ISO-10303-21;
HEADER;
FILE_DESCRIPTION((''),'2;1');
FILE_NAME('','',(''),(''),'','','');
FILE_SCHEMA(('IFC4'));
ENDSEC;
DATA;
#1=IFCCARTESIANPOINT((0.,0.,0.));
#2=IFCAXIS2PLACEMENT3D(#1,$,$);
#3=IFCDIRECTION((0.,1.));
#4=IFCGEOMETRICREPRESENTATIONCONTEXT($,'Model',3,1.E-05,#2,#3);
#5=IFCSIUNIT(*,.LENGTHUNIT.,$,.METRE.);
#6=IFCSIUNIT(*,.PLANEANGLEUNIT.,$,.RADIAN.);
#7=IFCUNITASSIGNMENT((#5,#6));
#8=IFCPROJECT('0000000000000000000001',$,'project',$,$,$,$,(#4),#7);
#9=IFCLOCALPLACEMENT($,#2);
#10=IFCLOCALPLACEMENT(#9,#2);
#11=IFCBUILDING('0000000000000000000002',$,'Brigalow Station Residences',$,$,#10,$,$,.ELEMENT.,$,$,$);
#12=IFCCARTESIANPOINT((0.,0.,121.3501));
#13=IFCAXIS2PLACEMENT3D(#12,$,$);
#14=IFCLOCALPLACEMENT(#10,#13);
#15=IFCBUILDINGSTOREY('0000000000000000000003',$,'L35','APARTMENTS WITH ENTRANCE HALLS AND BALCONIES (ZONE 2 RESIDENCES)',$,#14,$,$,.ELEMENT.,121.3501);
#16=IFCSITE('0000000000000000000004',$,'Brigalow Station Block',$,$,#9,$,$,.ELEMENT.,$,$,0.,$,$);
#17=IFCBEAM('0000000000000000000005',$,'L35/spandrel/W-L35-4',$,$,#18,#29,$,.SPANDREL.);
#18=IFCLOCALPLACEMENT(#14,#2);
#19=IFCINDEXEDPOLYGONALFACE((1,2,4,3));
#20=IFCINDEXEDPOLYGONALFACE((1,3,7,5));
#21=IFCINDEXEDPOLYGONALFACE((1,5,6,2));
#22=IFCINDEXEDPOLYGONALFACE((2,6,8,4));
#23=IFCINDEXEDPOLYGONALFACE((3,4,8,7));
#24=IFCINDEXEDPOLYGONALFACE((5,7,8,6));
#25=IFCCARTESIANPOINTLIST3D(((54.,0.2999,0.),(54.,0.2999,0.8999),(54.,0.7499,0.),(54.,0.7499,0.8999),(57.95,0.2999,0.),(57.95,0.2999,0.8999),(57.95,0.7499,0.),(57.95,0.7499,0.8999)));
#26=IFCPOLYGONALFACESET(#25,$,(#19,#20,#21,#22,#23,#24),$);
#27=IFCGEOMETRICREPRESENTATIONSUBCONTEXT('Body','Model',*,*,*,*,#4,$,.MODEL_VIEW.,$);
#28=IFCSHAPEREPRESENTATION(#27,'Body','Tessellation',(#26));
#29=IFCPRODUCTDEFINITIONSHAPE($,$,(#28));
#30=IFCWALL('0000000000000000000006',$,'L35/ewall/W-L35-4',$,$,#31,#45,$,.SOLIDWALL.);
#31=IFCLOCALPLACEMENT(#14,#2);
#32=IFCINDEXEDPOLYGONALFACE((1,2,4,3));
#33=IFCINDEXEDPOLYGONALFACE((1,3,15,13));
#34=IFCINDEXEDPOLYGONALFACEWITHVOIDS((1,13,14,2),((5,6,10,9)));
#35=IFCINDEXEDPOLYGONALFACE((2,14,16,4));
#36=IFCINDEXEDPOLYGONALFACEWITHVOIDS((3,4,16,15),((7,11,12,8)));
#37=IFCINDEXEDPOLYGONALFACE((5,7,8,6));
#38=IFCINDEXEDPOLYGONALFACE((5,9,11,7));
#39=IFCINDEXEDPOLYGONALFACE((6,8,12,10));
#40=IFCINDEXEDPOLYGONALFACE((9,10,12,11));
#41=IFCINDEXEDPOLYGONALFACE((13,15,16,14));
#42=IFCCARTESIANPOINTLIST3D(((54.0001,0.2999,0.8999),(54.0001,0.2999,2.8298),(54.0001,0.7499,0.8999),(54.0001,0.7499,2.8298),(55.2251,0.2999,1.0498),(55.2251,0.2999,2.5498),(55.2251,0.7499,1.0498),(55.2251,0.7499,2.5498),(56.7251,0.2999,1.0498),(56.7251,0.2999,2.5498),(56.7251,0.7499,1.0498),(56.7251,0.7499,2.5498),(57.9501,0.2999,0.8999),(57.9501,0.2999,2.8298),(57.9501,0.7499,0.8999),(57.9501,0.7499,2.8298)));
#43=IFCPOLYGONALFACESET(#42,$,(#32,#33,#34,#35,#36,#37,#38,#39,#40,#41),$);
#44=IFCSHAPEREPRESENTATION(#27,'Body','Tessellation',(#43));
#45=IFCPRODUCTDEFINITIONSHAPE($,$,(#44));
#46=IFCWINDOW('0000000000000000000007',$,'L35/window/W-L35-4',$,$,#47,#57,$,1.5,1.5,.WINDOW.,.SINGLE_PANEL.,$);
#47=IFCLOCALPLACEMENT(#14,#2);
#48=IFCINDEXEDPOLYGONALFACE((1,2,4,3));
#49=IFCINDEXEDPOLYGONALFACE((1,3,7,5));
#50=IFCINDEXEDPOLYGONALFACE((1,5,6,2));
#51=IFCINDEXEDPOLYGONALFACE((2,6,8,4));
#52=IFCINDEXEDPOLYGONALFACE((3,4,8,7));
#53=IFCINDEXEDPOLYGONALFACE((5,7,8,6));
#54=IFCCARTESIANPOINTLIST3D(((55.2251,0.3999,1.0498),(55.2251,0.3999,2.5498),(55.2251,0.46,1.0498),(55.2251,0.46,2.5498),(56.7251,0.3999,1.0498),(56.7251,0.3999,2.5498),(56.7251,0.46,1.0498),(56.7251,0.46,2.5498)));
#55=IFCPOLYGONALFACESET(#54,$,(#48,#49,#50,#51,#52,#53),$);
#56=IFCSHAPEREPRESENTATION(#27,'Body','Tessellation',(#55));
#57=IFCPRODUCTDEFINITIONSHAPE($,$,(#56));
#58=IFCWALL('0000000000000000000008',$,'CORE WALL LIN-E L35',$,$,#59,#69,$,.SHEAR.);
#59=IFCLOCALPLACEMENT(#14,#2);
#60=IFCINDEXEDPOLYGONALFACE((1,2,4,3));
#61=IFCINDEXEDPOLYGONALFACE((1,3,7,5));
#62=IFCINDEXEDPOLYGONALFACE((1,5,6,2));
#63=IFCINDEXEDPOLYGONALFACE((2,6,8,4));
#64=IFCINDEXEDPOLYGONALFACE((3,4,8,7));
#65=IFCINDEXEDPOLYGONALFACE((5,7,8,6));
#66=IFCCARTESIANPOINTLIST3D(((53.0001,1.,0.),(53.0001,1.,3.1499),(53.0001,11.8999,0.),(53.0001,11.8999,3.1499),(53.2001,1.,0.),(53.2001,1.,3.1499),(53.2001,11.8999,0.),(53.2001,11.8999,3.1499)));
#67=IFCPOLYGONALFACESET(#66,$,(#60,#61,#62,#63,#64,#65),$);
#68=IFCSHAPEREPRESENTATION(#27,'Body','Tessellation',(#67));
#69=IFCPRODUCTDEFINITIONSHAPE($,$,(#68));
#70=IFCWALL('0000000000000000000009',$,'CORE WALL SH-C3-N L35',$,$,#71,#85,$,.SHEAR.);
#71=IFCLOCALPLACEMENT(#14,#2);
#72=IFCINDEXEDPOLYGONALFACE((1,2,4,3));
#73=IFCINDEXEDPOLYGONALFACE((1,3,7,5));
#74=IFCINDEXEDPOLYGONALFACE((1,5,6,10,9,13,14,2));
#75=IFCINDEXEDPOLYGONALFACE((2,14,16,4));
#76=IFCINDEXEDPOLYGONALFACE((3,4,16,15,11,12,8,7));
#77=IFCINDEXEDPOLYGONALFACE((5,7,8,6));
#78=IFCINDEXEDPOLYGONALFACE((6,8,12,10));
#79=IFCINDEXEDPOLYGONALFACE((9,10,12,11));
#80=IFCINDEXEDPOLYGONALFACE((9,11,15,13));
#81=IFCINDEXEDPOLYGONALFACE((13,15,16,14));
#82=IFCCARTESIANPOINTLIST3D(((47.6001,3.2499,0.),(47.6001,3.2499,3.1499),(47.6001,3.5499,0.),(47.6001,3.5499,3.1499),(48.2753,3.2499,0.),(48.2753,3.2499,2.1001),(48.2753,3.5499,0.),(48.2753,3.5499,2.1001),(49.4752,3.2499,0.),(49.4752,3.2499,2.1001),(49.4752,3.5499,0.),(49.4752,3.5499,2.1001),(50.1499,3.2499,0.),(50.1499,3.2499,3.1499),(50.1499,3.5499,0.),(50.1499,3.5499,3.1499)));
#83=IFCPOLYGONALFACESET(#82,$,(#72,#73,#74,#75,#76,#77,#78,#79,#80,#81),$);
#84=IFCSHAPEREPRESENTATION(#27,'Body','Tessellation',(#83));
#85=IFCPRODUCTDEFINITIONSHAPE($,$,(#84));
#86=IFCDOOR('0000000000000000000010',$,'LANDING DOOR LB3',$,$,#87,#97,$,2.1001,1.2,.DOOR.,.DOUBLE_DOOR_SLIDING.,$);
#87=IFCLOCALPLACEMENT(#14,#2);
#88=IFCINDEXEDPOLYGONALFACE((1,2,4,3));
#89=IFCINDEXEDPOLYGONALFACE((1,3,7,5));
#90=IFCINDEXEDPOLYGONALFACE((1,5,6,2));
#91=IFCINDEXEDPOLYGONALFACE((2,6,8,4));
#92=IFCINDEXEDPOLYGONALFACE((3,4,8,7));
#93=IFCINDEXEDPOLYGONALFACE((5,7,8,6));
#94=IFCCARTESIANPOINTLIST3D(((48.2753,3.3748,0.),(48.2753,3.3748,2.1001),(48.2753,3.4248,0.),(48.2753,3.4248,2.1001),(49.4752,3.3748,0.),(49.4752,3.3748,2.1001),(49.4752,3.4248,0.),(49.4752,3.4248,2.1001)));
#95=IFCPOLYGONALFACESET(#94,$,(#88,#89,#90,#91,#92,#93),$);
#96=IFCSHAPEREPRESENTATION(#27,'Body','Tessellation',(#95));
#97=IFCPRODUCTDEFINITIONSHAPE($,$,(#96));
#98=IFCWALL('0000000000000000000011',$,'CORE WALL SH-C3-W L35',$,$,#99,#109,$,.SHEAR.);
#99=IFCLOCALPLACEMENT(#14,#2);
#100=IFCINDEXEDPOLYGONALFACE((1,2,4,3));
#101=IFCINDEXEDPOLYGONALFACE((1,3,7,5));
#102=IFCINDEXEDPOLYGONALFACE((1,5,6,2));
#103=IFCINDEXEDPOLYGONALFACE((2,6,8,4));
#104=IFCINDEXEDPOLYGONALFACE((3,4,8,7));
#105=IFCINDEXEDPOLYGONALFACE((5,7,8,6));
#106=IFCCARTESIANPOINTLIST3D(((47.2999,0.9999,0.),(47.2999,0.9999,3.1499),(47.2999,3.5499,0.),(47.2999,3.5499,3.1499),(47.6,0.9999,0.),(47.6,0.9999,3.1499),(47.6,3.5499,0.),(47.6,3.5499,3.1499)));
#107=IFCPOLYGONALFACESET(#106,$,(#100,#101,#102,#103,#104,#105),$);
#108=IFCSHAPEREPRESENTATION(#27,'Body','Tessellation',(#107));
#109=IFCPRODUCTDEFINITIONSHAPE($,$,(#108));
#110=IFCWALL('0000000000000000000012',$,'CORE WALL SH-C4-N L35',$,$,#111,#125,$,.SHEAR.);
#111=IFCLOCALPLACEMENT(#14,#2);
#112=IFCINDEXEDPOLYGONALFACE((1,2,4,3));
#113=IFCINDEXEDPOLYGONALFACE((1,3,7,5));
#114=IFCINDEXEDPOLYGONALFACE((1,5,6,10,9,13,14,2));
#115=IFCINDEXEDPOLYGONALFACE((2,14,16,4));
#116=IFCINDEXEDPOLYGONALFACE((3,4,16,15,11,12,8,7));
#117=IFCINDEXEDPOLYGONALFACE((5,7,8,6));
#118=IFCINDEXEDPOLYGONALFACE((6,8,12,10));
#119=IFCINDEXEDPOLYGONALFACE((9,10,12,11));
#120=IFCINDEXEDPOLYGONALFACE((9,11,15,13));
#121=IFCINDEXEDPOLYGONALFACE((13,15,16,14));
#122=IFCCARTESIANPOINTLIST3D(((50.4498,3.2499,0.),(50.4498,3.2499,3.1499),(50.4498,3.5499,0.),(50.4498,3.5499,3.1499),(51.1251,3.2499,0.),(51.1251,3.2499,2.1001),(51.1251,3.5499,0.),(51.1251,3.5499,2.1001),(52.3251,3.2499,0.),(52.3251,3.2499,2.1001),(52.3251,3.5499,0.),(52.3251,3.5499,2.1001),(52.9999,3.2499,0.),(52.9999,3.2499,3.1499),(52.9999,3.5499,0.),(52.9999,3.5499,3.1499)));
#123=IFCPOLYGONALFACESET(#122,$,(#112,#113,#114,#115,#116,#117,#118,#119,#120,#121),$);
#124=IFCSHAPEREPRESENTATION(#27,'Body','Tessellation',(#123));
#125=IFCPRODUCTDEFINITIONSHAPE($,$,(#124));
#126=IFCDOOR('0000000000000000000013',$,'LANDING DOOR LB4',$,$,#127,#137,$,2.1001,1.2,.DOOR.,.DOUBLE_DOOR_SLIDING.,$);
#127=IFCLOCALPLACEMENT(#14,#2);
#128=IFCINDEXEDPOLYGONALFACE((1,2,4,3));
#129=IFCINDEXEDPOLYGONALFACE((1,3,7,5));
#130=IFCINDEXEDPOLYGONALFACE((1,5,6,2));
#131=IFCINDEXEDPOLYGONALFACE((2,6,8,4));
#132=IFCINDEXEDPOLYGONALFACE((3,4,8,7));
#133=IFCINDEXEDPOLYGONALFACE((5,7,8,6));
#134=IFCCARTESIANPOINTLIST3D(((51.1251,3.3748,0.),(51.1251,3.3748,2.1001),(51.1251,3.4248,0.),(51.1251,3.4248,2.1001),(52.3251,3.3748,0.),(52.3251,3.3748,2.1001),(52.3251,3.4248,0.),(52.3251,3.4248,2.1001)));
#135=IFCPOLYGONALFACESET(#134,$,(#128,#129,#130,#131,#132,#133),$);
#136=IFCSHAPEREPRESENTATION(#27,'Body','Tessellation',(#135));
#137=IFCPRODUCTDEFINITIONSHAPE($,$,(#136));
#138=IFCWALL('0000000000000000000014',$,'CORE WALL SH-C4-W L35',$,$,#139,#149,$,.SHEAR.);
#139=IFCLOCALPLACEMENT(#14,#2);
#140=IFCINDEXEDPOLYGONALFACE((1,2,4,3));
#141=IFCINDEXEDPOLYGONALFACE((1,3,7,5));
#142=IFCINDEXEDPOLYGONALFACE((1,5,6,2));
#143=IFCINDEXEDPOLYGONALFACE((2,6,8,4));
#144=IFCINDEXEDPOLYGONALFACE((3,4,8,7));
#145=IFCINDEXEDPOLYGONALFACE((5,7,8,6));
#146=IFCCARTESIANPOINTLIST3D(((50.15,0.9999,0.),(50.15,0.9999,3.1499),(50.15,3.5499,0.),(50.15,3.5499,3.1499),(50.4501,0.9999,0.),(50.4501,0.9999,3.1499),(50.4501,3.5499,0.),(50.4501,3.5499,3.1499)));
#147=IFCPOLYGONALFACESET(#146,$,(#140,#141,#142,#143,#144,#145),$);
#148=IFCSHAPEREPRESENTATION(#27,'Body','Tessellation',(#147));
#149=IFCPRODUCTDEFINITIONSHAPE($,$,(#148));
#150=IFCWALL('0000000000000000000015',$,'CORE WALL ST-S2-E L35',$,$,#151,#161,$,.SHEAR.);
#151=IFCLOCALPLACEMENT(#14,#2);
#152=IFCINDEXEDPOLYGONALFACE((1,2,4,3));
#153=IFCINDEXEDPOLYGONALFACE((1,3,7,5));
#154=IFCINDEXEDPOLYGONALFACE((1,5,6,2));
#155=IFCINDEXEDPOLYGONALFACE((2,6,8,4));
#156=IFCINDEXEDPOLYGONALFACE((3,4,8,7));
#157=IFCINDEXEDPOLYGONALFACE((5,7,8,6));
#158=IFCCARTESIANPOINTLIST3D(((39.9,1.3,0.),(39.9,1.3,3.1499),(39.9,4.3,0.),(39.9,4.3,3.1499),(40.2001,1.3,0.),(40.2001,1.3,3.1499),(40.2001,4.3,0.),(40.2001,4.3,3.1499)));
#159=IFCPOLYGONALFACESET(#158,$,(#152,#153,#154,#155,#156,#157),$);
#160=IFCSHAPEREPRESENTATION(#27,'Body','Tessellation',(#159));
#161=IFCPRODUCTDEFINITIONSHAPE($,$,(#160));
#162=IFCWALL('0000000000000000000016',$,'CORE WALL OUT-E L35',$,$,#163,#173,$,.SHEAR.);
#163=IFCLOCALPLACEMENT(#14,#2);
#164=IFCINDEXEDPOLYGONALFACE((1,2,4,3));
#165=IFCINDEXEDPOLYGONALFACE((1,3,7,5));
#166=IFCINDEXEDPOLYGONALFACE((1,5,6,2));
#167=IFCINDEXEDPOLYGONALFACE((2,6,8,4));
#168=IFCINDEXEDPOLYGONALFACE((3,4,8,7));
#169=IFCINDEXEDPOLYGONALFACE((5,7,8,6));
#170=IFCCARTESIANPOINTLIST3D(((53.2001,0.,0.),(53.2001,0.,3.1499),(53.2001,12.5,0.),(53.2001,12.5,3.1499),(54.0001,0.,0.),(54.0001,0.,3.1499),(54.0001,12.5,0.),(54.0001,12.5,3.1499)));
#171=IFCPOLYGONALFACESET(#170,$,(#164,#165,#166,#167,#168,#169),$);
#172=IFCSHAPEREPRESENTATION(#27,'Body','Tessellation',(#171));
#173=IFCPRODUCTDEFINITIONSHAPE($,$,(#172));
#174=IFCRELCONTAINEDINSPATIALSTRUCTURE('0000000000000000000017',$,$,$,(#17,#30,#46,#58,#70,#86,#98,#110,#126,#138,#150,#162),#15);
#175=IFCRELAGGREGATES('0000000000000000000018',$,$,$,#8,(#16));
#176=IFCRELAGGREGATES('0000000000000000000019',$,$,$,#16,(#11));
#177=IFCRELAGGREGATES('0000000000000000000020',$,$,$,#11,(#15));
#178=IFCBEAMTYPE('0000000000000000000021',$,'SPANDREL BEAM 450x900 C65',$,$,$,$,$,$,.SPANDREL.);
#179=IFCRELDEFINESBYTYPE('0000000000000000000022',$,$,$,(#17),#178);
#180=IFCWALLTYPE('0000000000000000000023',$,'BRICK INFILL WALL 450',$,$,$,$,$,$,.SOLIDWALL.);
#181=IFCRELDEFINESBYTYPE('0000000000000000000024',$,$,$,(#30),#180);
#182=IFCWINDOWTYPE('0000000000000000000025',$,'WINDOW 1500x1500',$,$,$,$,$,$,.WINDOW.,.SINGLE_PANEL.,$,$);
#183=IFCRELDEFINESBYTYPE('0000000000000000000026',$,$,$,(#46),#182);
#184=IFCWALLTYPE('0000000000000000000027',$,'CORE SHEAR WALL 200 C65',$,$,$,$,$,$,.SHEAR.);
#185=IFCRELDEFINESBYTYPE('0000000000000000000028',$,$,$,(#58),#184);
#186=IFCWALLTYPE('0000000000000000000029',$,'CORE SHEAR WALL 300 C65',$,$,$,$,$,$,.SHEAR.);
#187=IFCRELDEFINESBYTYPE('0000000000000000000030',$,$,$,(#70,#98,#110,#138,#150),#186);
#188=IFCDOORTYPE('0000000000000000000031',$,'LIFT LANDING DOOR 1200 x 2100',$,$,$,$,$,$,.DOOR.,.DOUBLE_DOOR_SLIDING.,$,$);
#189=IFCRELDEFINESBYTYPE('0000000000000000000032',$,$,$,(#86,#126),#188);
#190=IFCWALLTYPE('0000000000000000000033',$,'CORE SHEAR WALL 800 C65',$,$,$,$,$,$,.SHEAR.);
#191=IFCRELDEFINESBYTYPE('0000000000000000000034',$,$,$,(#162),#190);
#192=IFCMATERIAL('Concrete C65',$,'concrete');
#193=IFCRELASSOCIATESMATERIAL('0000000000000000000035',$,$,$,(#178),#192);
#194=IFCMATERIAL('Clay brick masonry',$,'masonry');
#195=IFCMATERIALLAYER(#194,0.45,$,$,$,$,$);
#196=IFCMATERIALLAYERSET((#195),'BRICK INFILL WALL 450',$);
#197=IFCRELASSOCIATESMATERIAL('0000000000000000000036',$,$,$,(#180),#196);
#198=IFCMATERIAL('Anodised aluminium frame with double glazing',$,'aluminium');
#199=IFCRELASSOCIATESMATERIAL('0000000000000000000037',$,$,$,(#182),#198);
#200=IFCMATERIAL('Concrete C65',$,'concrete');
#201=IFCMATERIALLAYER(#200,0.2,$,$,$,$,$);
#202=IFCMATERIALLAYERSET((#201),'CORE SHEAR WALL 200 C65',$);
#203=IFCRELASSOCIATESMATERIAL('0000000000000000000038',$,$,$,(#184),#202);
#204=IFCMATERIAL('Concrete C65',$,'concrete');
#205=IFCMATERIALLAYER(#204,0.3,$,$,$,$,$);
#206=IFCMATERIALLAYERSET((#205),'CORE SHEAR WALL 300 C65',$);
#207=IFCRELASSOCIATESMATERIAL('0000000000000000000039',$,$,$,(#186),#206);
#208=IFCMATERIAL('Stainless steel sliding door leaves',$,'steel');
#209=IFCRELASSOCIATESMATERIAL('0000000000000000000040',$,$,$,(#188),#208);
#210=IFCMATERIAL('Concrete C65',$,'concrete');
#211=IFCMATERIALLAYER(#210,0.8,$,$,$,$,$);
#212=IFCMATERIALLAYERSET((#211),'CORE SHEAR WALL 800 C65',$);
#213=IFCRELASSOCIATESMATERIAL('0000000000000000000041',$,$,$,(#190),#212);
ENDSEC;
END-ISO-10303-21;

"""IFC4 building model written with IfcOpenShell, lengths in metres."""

from ifc_helpers import new_model, si_unit, direction, frame, frame_2d, origin, origin_2d, place, context, subcontext, project, spatial, rectangle, extrude, material, layer, layer_set, material_profile, profile_set, type_object, element, fill, save


model = new_model("IFC4")

# Units and contexts
model_context = context("Model", 3, precision=1e-05, world=origin(), true_north=direction((0.0, 1.0)))
body_context = subcontext(model_context, "Body", "Model", "MODEL_VIEW")
ifc_project = project(units=[si_unit("LENGTHUNIT", "METRE"), si_unit("PLANEANGLEUNIT", "RADIAN")], contexts=[model_context])

# Site, building, storey
site_placement = place(None, origin())
site = spatial("IfcSite", under=ifc_project, at=site_placement, Name="Brigalow Station Block", CompositionType="ELEMENT", RefElevation=0.0)
building_placement = place(site_placement, origin())
building = spatial("IfcBuilding", under=site, at=building_placement, Name="Brigalow Station Residences", CompositionType="ELEMENT")
storey_placement = place(building_placement, frame((0.0, 0.0, 121.3501)))
storey = spatial("IfcBuildingStorey", under=building, at=storey_placement, Name="L35", Description="APARTMENTS WITH ENTRANCE HALLS AND BALCONIES (ZONE 2 RESIDENCES)", CompositionType="ELEMENT", Elevation=121.3501)

# Beam
ifc_material_1 = material(Name="Concrete C65", Category="concrete")
ifc_material_profile = material_profile(ifc_material_1, rectangle(XDim=0.45, YDim=0.8999, at=origin_2d()), Name="RC450x900")
ifc_profile_set = profile_set([ifc_material_profile], Name="Concrete C65")
beam_type = type_object("IfcBeamType", Name="SPANDREL BEAM 450x900 C65", PredefinedType="SPANDREL", material=ifc_profile_set)
beam_placement = place(storey_placement, frame((54.0, 0.5249, 0.45), z_axis=(1.0, 0.0, 0.0), x_axis=(0.0, 1.0, 0.0)))
element("IfcBeam", 1, at=beam_placement, inside=storey, type_object=beam_type, Name="L35/spandrel/W-L35-4", PredefinedType="SPANDREL", context=body_context, shape_type="SweptSolid", body=[
    extrude(rectangle(XDim=0.45, YDim=0.8999, at=origin_2d()), origin(), (0.0, 0.0, 1.0), 3.95),
])

# Wall, opening, window
ifc_material_2 = material(Name="Clay brick masonry", Category="masonry")
ifc_layer_1 = layer(ifc_material_2, 0.45)
ifc_layer_set_1 = layer_set([ifc_layer_1], Name="BRICK INFILL WALL 450")
wall_type_1 = type_object("IfcWallType", Name="BRICK INFILL WALL 450", PredefinedType="SOLIDWALL", material=ifc_layer_set_1)
wall_1_placement = place(storey_placement, frame((54.0, 0.5249, 0.8999), z_axis=(0.0, 0.0, 1.0), x_axis=(1.0, 0.0, 0.0)))
wall_1 = element("IfcWall", 2, at=wall_1_placement, inside=storey, type_object=wall_type_1, Name="L35/ewall/W-L35-4", PredefinedType="SOLIDWALL", context=body_context, shape_type="SweptSolid", body=[
    extrude(rectangle(XDim=3.95, YDim=0.45, at=frame_2d((1.9751, 0.0))), origin(), (0.0, 0.0, 1.0), 1.9299),
])
opening_1_placement = place(wall_1_placement, frame((1.2251, 0.0, 0.1499)))
opening_1 = element("IfcOpeningElement", 3, at=opening_1_placement, cuts=wall_1, PredefinedType="OPENING", context=body_context, shape_type="SweptSolid", body=[
    extrude(rectangle(XDim=1.5, YDim=1.5, at=frame_2d((0.75, 0.75))), frame((0.0, 0.2349, 0.0), z_axis=(0.0, -1.0, 0.0), x_axis=(1.0, 0.0, 0.0)), (0.0, 0.0, 1.0), 0.47),
])
ifc_material_3 = material(Name="Anodised aluminium frame with double glazing", Category="aluminium")
window_type = type_object("IfcWindowType", Name="WINDOW 1500x1500", PartitioningType="SINGLE_PANEL", PredefinedType="WINDOW", material=ifc_material_3)
window_placement = place(opening_1_placement, origin())
window = element("IfcWindow", 4, at=window_placement, inside=storey, type_object=window_type, Name="L35/window/W-L35-4", OverallHeight=1.5, OverallWidth=1.5, PartitioningType="SINGLE_PANEL", PredefinedType="WINDOW", context=body_context, shape_type="SweptSolid", body=[
    extrude(rectangle(XDim=1.5, YDim=1.5, at=frame_2d((0.75, 0.75))), frame((0.0, -0.0649, 0.0), z_axis=(0.0, -1.0, 0.0), x_axis=(1.0, 0.0, 0.0)), (0.0, 0.0, 1.0), 0.0601),
])
fill(opening_1, window)

# Wall
ifc_material_4 = material(Name="Concrete C65", Category="concrete")
ifc_layer_2 = layer(ifc_material_4, 0.2)
ifc_layer_set_2 = layer_set([ifc_layer_2], Name="CORE SHEAR WALL 200 C65")
wall_type_2 = type_object("IfcWallType", Name="CORE SHEAR WALL 200 C65", PredefinedType="SHEAR", material=ifc_layer_set_2)
wall_2_placement = place(storey_placement, frame((53.1001, 1.0, 0.0), z_axis=(0.0, 0.0, 1.0), x_axis=(0.0, 1.0, 0.0)))
element("IfcWall", 5, at=wall_2_placement, inside=storey, type_object=wall_type_2, Name="CORE WALL LIN-E L35", PredefinedType="SHEAR", context=body_context, shape_type="SweptSolid", body=[
    extrude(rectangle(XDim=10.8999, YDim=0.2, at=frame_2d((5.45, 0.0))), origin(), (0.0, 0.0, 1.0), 3.1499),
])

# Wall, opening, door
ifc_material_5 = material(Name="Concrete C65", Category="concrete")
ifc_layer_3 = layer(ifc_material_5, 0.3)
ifc_layer_set_3 = layer_set([ifc_layer_3], Name="CORE SHEAR WALL 300 C65")
wall_type_3 = type_object("IfcWallType", Name="CORE SHEAR WALL 300 C65", PredefinedType="SHEAR", material=ifc_layer_set_3)
wall_3_placement = place(storey_placement, frame((47.6001, 3.3999, 0.0), z_axis=(0.0, 0.0, 1.0), x_axis=(1.0, 0.0, 0.0)))
wall_3 = element("IfcWall", 6, at=wall_3_placement, inside=storey, type_object=wall_type_3, Name="CORE WALL SH-C3-N L35", PredefinedType="SHEAR", context=body_context, shape_type="SweptSolid", body=[
    extrude(rectangle(XDim=2.5498, YDim=0.3, at=frame_2d((1.2749, 0.0))), origin(), (0.0, 0.0, 1.0), 3.1499),
])
opening_2_placement = place(wall_3_placement, frame((0.675, 0.0, 0.0)))
opening_2 = element("IfcOpeningElement", 7, at=opening_2_placement, cuts=wall_3, PredefinedType="OPENING", context=body_context, shape_type="SweptSolid", body=[
    extrude(rectangle(XDim=1.2, YDim=2.1001, at=frame_2d((0.6001, 1.05))), frame((0.0, 0.1602, 0.0), z_axis=(0.0, -1.0, 0.0), x_axis=(1.0, 0.0, 0.0)), (0.0, 0.0, 1.0), 0.3201),
])
ifc_material_6 = material(Name="Stainless steel sliding door leaves", Category="steel")
door_type_1 = type_object("IfcDoorType", Name="LIFT LANDING DOOR 1200 x 2100", OperationType="DOUBLE_DOOR_SLIDING", PredefinedType="DOOR", material=ifc_material_6)
door_1_placement = place(opening_2_placement, origin())
door_1 = element("IfcDoor", 8, at=door_1_placement, inside=storey, type_object=door_type_1, Name="LANDING DOOR LB3", OperationType="DOUBLE_DOOR_SLIDING", OverallHeight=2.1001, OverallWidth=1.2, PredefinedType="DOOR", context=body_context, shape_type="SweptSolid", body=[
    extrude(rectangle(XDim=1.2, YDim=2.1001, at=frame_2d((0.6001, 1.05))), frame((0.0, 0.0249, 0.0), z_axis=(0.0, -1.0, 0.0), x_axis=(1.0, 0.0, 0.0)), (0.0, 0.0, 1.0), 0.05),
])
fill(opening_2, door_1)

# Wall
wall_4_placement = place(storey_placement, frame((47.45, 1.0, 0.0), z_axis=(0.0, 0.0, 1.0), x_axis=(0.0, 1.0, 0.0)))
element("IfcWall", 9, at=wall_4_placement, inside=storey, type_object=wall_type_3, Name="CORE WALL SH-C3-W L35", PredefinedType="SHEAR", context=body_context, shape_type="SweptSolid", body=[
    extrude(rectangle(XDim=2.55, YDim=0.3, at=frame_2d((1.2749, 0.0))), origin(), (0.0, 0.0, 1.0), 3.1499),
])

# Wall, opening, door
wall_5_placement = place(storey_placement, frame((50.45, 3.3999, 0.0), z_axis=(0.0, 0.0, 1.0), x_axis=(1.0, 0.0, 0.0)))
wall_5 = element("IfcWall", 10, at=wall_5_placement, inside=storey, type_object=wall_type_3, Name="CORE WALL SH-C4-N L35", PredefinedType="SHEAR", context=body_context, shape_type="SweptSolid", body=[
    extrude(rectangle(XDim=2.55, YDim=0.3, at=frame_2d((1.2749, 0.0))), origin(), (0.0, 0.0, 1.0), 3.1499),
])
opening_3_placement = place(wall_5_placement, frame((0.675, 0.0, 0.0)))
opening_3 = element("IfcOpeningElement", 11, at=opening_3_placement, cuts=wall_5, PredefinedType="OPENING", context=body_context, shape_type="SweptSolid", body=[
    extrude(rectangle(XDim=1.2, YDim=2.1001, at=frame_2d((0.6001, 1.05))), frame((0.0, 0.1602, 0.0), z_axis=(0.0, -1.0, 0.0), x_axis=(1.0, 0.0, 0.0)), (0.0, 0.0, 1.0), 0.3201),
])
door_2_placement = place(opening_3_placement, origin())
door_2 = element("IfcDoor", 12, at=door_2_placement, inside=storey, type_object=door_type_1, Name="LANDING DOOR LB4", OperationType="DOUBLE_DOOR_SLIDING", OverallHeight=2.1001, OverallWidth=1.2, PredefinedType="DOOR", context=body_context, shape_type="SweptSolid", body=[
    extrude(rectangle(XDim=1.2, YDim=2.1001, at=frame_2d((0.6001, 1.05))), frame((0.0, 0.0249, 0.0), z_axis=(0.0, -1.0, 0.0), x_axis=(1.0, 0.0, 0.0)), (0.0, 0.0, 1.0), 0.05),
])
fill(opening_3, door_2)

# Walls
wall_6_placement = place(storey_placement, frame((50.3, 1.0, 0.0), z_axis=(0.0, 0.0, 1.0), x_axis=(0.0, 1.0, 0.0)))
element("IfcWall", 13, at=wall_6_placement, inside=storey, type_object=wall_type_3, Name="CORE WALL SH-C4-W L35", PredefinedType="SHEAR", context=body_context, shape_type="SweptSolid", body=[
    extrude(rectangle(XDim=2.55, YDim=0.3, at=frame_2d((1.2749, 0.0))), origin(), (0.0, 0.0, 1.0), 3.1499),
])
wall_7_placement = place(storey_placement, frame((40.05, 1.3, 0.0), z_axis=(0.0, 0.0, 1.0), x_axis=(0.0, 1.0, 0.0)))
element("IfcWall", 14, at=wall_7_placement, inside=storey, type_object=wall_type_3, Name="CORE WALL ST-S2-E L35", PredefinedType="SHEAR", context=body_context, shape_type="SweptSolid", body=[
    extrude(rectangle(XDim=3.0, YDim=0.3, at=frame_2d((1.5, 0.0))), origin(), (0.0, 0.0, 1.0), 3.1499),
])
ifc_material_7 = material(Name="Concrete C65", Category="concrete")
ifc_layer_4 = layer(ifc_material_7, 0.8)
ifc_layer_set_4 = layer_set([ifc_layer_4], Name="CORE SHEAR WALL 800 C65")
wall_type_4 = type_object("IfcWallType", Name="CORE SHEAR WALL 800 C65", PredefinedType="SHEAR", material=ifc_layer_set_4)
wall_8_placement = place(storey_placement, frame((53.6001, 0.0, 0.0), z_axis=(0.0, 0.0, 1.0), x_axis=(0.0, 1.0, 0.0)))
element("IfcWall", 15, at=wall_8_placement, inside=storey, type_object=wall_type_4, Name="CORE WALL OUT-E L35", PredefinedType="SHEAR", context=body_context, shape_type="SweptSolid", body=[
    extrude(rectangle(XDim=12.5, YDim=0.8, at=frame_2d((6.25, 0.0))), origin(), (0.0, 0.0, 1.0), 3.1499),
])

save(model, "model.ifc")
